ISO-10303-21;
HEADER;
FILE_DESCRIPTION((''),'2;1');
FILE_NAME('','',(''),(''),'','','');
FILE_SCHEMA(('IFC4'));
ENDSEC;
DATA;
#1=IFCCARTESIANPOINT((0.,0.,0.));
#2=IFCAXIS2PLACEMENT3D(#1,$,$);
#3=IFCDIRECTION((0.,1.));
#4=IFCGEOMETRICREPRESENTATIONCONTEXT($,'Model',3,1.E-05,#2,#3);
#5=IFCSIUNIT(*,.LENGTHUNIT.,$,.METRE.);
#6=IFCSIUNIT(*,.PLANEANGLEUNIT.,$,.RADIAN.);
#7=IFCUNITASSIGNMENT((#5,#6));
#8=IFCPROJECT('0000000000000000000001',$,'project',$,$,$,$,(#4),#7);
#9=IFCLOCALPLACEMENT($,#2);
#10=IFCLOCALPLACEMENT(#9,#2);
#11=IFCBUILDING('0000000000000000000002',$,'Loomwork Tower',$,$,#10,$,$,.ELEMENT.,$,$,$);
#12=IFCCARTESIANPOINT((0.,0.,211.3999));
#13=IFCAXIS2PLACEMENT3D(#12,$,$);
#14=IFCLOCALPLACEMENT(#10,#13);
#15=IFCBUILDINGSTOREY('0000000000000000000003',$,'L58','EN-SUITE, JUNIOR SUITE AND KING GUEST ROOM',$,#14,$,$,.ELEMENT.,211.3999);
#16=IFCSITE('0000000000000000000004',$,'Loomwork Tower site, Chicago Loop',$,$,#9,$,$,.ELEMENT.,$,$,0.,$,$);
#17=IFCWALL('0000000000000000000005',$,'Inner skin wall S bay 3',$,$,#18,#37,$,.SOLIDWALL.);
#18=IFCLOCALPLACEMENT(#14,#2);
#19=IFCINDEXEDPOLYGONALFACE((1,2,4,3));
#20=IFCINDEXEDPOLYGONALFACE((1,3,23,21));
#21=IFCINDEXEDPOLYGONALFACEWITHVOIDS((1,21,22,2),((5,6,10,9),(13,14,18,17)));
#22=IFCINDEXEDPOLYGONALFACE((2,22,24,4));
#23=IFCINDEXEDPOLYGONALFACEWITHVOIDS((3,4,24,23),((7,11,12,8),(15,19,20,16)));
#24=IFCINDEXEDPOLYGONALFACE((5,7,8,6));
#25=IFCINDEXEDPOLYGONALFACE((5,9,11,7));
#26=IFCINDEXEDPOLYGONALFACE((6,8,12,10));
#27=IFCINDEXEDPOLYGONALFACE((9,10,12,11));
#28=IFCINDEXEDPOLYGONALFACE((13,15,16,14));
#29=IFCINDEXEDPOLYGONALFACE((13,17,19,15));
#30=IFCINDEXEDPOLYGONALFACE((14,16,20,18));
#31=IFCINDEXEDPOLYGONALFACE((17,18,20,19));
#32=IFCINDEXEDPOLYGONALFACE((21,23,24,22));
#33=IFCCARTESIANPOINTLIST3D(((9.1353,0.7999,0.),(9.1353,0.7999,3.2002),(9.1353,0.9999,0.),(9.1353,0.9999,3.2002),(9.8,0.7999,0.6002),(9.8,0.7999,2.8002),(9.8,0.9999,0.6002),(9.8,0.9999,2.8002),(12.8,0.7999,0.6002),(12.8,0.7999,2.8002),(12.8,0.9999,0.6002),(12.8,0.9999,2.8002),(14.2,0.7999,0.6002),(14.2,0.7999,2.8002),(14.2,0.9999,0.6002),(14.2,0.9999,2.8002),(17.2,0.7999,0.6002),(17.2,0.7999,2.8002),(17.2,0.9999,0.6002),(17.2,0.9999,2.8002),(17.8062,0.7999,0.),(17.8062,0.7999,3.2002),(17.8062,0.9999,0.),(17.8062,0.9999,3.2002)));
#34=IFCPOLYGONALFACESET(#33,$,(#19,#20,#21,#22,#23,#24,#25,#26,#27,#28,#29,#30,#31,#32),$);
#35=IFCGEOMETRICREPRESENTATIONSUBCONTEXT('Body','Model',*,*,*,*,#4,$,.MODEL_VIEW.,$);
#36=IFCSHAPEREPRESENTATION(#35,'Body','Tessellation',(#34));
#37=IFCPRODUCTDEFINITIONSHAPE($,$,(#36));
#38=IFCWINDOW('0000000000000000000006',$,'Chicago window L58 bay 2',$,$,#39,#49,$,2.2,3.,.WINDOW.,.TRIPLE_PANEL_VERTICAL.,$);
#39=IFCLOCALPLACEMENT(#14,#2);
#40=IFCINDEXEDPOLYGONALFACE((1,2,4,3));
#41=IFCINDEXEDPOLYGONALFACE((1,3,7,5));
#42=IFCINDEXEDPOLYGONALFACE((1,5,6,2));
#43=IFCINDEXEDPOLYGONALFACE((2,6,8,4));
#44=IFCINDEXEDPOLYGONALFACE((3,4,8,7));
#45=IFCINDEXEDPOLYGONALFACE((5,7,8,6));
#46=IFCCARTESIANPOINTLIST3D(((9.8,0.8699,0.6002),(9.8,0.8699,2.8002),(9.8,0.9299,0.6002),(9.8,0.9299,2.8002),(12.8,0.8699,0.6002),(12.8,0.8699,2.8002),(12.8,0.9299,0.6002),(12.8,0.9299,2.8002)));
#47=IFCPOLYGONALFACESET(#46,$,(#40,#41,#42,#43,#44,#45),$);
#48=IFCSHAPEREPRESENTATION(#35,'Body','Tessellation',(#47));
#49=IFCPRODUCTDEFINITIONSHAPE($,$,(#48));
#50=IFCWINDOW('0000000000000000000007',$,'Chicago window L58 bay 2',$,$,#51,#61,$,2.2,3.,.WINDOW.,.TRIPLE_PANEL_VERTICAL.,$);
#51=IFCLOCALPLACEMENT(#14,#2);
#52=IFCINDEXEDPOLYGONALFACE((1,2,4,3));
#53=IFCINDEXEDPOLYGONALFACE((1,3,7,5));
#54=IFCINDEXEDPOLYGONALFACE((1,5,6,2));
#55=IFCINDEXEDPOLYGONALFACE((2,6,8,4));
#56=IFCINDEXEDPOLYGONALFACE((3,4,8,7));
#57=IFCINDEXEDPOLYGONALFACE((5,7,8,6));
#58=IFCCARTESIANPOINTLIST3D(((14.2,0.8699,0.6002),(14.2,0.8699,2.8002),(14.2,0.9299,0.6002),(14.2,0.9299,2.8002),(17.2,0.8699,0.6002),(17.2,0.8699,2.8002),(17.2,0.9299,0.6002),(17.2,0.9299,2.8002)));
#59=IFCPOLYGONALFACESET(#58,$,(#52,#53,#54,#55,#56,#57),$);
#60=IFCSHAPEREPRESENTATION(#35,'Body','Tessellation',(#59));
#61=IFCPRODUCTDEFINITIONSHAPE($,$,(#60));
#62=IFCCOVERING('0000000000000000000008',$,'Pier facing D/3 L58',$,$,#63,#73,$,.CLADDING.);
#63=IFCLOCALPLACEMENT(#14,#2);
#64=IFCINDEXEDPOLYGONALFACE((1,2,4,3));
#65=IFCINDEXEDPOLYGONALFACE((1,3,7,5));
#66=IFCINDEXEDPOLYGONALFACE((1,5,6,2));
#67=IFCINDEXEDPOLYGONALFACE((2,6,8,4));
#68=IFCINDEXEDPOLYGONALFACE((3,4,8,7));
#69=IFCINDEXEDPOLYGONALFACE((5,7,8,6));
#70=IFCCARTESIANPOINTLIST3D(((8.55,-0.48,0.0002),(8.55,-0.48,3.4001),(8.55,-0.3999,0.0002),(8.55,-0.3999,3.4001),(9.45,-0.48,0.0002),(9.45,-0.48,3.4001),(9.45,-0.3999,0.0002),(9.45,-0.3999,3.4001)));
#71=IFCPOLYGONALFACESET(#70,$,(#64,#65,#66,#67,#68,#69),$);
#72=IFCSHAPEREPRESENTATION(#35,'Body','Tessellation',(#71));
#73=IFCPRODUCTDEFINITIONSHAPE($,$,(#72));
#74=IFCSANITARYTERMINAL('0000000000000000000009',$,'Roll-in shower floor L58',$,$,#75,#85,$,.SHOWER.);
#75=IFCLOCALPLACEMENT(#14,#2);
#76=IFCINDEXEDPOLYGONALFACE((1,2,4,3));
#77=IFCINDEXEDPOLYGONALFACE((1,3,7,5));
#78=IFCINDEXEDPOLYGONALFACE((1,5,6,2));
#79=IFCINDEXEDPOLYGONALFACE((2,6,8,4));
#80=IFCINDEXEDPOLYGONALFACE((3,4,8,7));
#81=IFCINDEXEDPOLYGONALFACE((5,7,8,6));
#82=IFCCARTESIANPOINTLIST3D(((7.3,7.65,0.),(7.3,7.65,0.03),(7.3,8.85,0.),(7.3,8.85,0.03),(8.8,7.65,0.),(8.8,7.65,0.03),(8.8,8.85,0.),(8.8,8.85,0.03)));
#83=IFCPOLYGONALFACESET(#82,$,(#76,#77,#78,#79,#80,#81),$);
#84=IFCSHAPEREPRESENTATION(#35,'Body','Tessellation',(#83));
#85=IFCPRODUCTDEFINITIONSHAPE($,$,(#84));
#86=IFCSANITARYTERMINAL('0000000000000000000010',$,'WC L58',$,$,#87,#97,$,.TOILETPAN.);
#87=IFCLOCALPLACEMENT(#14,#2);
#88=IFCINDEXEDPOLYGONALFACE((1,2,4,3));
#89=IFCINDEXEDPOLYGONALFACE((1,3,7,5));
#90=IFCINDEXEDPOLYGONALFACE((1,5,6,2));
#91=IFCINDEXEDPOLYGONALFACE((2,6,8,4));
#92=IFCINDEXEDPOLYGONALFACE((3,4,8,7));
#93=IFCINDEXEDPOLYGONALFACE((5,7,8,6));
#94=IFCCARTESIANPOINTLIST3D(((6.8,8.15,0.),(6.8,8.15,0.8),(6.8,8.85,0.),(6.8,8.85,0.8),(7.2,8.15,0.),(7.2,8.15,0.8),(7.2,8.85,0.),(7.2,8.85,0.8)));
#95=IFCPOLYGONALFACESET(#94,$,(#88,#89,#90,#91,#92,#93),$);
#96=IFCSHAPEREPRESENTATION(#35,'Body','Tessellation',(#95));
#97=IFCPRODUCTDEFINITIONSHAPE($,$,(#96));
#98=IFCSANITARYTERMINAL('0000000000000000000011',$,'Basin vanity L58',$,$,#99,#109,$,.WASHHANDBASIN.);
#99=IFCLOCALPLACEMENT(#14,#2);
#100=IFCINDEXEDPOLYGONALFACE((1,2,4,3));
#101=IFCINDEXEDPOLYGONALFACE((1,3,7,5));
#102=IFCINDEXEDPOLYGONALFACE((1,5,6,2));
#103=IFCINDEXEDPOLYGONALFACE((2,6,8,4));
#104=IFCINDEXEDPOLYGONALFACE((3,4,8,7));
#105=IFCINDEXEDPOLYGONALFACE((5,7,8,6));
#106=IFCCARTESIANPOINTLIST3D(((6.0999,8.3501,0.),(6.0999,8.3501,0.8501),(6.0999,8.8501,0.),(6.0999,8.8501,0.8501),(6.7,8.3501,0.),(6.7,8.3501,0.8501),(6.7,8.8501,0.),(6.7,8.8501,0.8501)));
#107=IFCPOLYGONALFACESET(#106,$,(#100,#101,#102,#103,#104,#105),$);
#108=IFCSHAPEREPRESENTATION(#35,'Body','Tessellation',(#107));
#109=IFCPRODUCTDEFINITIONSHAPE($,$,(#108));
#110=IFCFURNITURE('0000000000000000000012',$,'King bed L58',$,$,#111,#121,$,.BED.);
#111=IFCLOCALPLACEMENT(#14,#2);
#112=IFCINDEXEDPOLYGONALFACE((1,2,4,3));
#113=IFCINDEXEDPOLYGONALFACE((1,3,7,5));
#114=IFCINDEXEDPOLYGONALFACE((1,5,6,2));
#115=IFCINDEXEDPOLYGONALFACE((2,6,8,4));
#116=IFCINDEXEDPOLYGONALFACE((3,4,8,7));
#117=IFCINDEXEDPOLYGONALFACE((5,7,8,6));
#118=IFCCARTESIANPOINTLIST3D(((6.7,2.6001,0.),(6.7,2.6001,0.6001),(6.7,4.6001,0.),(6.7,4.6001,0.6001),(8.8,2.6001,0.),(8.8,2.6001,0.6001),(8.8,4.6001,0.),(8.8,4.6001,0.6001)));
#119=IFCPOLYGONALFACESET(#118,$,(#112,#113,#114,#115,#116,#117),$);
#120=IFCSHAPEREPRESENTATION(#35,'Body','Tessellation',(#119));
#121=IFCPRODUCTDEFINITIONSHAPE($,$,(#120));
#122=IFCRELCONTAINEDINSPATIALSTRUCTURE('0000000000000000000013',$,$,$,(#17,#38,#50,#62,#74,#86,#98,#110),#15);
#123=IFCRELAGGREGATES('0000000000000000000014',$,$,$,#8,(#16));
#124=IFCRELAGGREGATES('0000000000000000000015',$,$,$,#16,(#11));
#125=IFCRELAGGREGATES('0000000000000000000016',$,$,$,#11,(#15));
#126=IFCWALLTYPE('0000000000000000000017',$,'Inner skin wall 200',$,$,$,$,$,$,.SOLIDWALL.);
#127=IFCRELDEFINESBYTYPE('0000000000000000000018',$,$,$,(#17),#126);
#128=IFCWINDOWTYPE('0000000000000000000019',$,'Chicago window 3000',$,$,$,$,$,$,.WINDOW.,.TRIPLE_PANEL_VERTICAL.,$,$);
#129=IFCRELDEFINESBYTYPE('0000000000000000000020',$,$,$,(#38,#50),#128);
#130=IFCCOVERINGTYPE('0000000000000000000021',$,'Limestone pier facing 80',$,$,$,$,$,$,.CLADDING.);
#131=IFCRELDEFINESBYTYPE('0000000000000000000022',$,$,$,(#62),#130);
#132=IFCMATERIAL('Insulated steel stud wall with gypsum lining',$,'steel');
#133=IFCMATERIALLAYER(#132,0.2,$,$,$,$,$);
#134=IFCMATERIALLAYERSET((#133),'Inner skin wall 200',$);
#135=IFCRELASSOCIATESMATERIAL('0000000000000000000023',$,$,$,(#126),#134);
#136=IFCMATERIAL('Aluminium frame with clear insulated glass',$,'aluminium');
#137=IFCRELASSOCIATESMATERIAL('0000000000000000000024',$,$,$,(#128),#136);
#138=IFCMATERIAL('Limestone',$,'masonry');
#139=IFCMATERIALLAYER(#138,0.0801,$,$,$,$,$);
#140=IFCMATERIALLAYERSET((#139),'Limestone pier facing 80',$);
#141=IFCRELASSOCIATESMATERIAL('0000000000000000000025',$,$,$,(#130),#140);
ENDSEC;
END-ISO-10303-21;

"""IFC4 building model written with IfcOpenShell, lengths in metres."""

from ifc_helpers import new_model, si_unit, direction, frame, frame_2d, origin, origin_2d, place, context, subcontext, project, spatial, rectangle, extrude, material, layer, layer_set, type_object, element, fill, save


model = new_model("IFC4")

# Units and contexts
model_context = context("Model", 3, precision=1e-05, world=origin(), true_north=direction((0.0, 1.0)))
body_context = subcontext(model_context, "Body", "Model", "MODEL_VIEW")
ifc_project = project(units=[si_unit("LENGTHUNIT", "METRE"), si_unit("PLANEANGLEUNIT", "RADIAN")], contexts=[model_context])

# Site, building, storey
site_placement = place(None, origin())
site = spatial("IfcSite", under=ifc_project, at=site_placement, Name="Loomwork Tower site, Chicago Loop", CompositionType="ELEMENT", RefElevation=0.0)
building_placement = place(site_placement, origin())
building = spatial("IfcBuilding", under=site, at=building_placement, Name="Loomwork Tower", CompositionType="ELEMENT")
storey_placement = place(building_placement, frame((0.0, 0.0, 211.3999)))
storey = spatial("IfcBuildingStorey", under=building, at=storey_placement, Name="L58", Description="EN-SUITE, JUNIOR SUITE AND KING GUEST ROOM", CompositionType="ELEMENT", Elevation=211.3999)

# Shared definitions
ifc_material_1 = material(Name="Insulated steel stud wall with gypsum lining", Category="steel")
ifc_layer_1 = layer(ifc_material_1, 0.2)
ifc_layer_set_1 = layer_set([ifc_layer_1], Name="Inner skin wall 200")
wall_type_1 = type_object("IfcWallType", Name="Inner skin wall 200", PredefinedType="SOLIDWALL", material=ifc_layer_set_1)

# Wall, openings, windows
wall_1_placement = place(storey_placement, frame((9.1353, 0.8999, 0.0), z_axis=(0.0, 0.0, 1.0), x_axis=(1.0, 0.0, 0.0)))
wall_1 = element("IfcWall", 1, at=wall_1_placement, inside=storey, type_object=wall_type_1, Name="Inner skin wall S bay 3", PredefinedType="SOLIDWALL", context=body_context, shape_type="SweptSolid", body=[
    extrude(rectangle(XDim=8.6709, YDim=0.2, at=frame_2d((4.3354, 0.0))), origin(), (0.0, 0.0, 1.0), 3.2002),
])
opening_1_placement = place(wall_1_placement, frame((0.6648, 0.0, 0.6001)))
opening_1 = element("IfcOpeningElement", 2, at=opening_1_placement, cuts=wall_1, PredefinedType="OPENING", context=body_context, shape_type="SweptSolid", body=[
    extrude(rectangle(XDim=3.0, YDim=2.2, at=frame_2d((1.5, 1.1001))), frame((0.0, 0.1099, 0.0), z_axis=(0.0, -1.0, 0.0), x_axis=(1.0, 0.0, 0.0)), (0.0, 0.0, 1.0), 0.22),
])
opening_2_placement = place(wall_1_placement, frame((5.0647, 0.0, 0.6001)))
opening_2 = element("IfcOpeningElement", 3, at=opening_2_placement, cuts=wall_1, PredefinedType="OPENING", context=body_context, shape_type="SweptSolid", body=[
    extrude(rectangle(XDim=3.0, YDim=2.2, at=frame_2d((1.5, 1.1001))), frame((0.0, 0.1099, 0.0), z_axis=(0.0, -1.0, 0.0), x_axis=(1.0, 0.0, 0.0)), (0.0, 0.0, 1.0), 0.22),
])
ifc_material_2 = material(Name="Aluminium frame with clear insulated glass", Category="aluminium")
window_type = type_object("IfcWindowType", Name="Chicago window 3000", PartitioningType="TRIPLE_PANEL_VERTICAL", PredefinedType="WINDOW", material=ifc_material_2)
window_1_placement = place(opening_1_placement, origin())
window_1 = element("IfcWindow", 4, at=window_1_placement, inside=storey, type_object=window_type, Name="Chicago window L58 bay 2", OverallHeight=2.2, OverallWidth=3.0, PartitioningType="TRIPLE_PANEL_VERTICAL", PredefinedType="WINDOW", context=body_context, shape_type="SweptSolid", body=[
    extrude(rectangle(XDim=3.0, YDim=2.2, at=frame_2d((1.5, 1.1001))), frame((0.0, 0.03, 0.0), z_axis=(0.0, -1.0, 0.0), x_axis=(1.0, 0.0, 0.0)), (0.0, 0.0, 1.0), 0.0601),
])
fill(opening_1, window_1)
window_2_placement = place(opening_2_placement, origin())
window_2 = element("IfcWindow", 5, at=window_2_placement, inside=storey, type_object=window_type, Name="Chicago window L58 bay 2", OverallHeight=2.2, OverallWidth=3.0, PartitioningType="TRIPLE_PANEL_VERTICAL", PredefinedType="WINDOW", context=body_context, shape_type="SweptSolid", body=[
    extrude(rectangle(XDim=3.0, YDim=2.2, at=frame_2d((1.5, 1.1001))), frame((0.0, 0.03, 0.0), z_axis=(0.0, -1.0, 0.0), x_axis=(1.0, 0.0, 0.0)), (0.0, 0.0, 1.0), 0.0601),
])
fill(opening_2, window_2)

# Covering
ifc_material_3 = material(Name="Limestone", Category="masonry")
ifc_layer_2 = layer(ifc_material_3, 0.0801)
ifc_layer_set_2 = layer_set([ifc_layer_2], Name="Limestone pier facing 80")
covering_type = type_object("IfcCoveringType", Name="Limestone pier facing 80", PredefinedType="CLADDING", material=ifc_layer_set_2)
covering_placement = place(storey_placement, frame((9.0, -0.4399, 0.0002), z_axis=(0.0, 0.0, 1.0), x_axis=(1.0, 0.0, 0.0)))
element("IfcCovering", 6, at=covering_placement, inside=storey, type_object=covering_type, Name="Pier facing D/3 L58", PredefinedType="CLADDING", context=body_context, shape_type="SweptSolid", body=[
    extrude(rectangle(XDim=0.8999, YDim=0.0801, at=origin_2d()), origin(), (0.0, 0.0, 1.0), 3.3999),
])

# Sanitary terminals
sanitary_terminal_1_placement = place(storey_placement, frame((8.05, 8.25, 0.0), z_axis=(0.0, 0.0, 1.0), x_axis=(1.0, 0.0, 0.0)))
element("IfcSanitaryTerminal", 7, at=sanitary_terminal_1_placement, inside=storey, Name="Roll-in shower floor L58", PredefinedType="SHOWER", context=body_context, shape_type="SweptSolid", body=[
    extrude(rectangle(XDim=1.5, YDim=1.2, at=origin_2d()), origin(), (0.0, 0.0, 1.0), 0.03),
])
sanitary_terminal_2_placement = place(storey_placement, frame((7.0, 8.5, 0.0), z_axis=(0.0, 0.0, 1.0), x_axis=(1.0, 0.0, 0.0)))
element("IfcSanitaryTerminal", 8, at=sanitary_terminal_2_placement, inside=storey, Name="WC L58", PredefinedType="TOILETPAN", context=body_context, shape_type="SweptSolid", body=[
    extrude(rectangle(XDim=0.3999, YDim=0.7, at=origin_2d()), origin(), (0.0, 0.0, 1.0), 0.8),
])
sanitary_terminal_3_placement = place(storey_placement, frame((6.3999, 8.6001, 0.0), z_axis=(0.0, 0.0, 1.0), x_axis=(1.0, 0.0, 0.0)))
element("IfcSanitaryTerminal", 9, at=sanitary_terminal_3_placement, inside=storey, Name="Basin vanity L58", PredefinedType="WASHHANDBASIN", context=body_context, shape_type="SweptSolid", body=[
    extrude(rectangle(XDim=0.6001, YDim=0.5, at=origin_2d()), origin(), (0.0, 0.0, 1.0), 0.8501),
])

# Furniture
furniture_placement = place(storey_placement, frame((7.75, 3.6001, 0.0), z_axis=(0.0, 0.0, 1.0), x_axis=(1.0, 0.0, 0.0)))
element("IfcFurniture", 10, at=furniture_placement, inside=storey, Name="King bed L58", PredefinedType="BED", context=body_context, shape_type="SweptSolid", body=[
    extrude(rectangle(XDim=2.1001, YDim=2.0, at=origin_2d()), origin(), (0.0, 0.0, 1.0), 0.6001),
])

save(model, "model.ifc")
